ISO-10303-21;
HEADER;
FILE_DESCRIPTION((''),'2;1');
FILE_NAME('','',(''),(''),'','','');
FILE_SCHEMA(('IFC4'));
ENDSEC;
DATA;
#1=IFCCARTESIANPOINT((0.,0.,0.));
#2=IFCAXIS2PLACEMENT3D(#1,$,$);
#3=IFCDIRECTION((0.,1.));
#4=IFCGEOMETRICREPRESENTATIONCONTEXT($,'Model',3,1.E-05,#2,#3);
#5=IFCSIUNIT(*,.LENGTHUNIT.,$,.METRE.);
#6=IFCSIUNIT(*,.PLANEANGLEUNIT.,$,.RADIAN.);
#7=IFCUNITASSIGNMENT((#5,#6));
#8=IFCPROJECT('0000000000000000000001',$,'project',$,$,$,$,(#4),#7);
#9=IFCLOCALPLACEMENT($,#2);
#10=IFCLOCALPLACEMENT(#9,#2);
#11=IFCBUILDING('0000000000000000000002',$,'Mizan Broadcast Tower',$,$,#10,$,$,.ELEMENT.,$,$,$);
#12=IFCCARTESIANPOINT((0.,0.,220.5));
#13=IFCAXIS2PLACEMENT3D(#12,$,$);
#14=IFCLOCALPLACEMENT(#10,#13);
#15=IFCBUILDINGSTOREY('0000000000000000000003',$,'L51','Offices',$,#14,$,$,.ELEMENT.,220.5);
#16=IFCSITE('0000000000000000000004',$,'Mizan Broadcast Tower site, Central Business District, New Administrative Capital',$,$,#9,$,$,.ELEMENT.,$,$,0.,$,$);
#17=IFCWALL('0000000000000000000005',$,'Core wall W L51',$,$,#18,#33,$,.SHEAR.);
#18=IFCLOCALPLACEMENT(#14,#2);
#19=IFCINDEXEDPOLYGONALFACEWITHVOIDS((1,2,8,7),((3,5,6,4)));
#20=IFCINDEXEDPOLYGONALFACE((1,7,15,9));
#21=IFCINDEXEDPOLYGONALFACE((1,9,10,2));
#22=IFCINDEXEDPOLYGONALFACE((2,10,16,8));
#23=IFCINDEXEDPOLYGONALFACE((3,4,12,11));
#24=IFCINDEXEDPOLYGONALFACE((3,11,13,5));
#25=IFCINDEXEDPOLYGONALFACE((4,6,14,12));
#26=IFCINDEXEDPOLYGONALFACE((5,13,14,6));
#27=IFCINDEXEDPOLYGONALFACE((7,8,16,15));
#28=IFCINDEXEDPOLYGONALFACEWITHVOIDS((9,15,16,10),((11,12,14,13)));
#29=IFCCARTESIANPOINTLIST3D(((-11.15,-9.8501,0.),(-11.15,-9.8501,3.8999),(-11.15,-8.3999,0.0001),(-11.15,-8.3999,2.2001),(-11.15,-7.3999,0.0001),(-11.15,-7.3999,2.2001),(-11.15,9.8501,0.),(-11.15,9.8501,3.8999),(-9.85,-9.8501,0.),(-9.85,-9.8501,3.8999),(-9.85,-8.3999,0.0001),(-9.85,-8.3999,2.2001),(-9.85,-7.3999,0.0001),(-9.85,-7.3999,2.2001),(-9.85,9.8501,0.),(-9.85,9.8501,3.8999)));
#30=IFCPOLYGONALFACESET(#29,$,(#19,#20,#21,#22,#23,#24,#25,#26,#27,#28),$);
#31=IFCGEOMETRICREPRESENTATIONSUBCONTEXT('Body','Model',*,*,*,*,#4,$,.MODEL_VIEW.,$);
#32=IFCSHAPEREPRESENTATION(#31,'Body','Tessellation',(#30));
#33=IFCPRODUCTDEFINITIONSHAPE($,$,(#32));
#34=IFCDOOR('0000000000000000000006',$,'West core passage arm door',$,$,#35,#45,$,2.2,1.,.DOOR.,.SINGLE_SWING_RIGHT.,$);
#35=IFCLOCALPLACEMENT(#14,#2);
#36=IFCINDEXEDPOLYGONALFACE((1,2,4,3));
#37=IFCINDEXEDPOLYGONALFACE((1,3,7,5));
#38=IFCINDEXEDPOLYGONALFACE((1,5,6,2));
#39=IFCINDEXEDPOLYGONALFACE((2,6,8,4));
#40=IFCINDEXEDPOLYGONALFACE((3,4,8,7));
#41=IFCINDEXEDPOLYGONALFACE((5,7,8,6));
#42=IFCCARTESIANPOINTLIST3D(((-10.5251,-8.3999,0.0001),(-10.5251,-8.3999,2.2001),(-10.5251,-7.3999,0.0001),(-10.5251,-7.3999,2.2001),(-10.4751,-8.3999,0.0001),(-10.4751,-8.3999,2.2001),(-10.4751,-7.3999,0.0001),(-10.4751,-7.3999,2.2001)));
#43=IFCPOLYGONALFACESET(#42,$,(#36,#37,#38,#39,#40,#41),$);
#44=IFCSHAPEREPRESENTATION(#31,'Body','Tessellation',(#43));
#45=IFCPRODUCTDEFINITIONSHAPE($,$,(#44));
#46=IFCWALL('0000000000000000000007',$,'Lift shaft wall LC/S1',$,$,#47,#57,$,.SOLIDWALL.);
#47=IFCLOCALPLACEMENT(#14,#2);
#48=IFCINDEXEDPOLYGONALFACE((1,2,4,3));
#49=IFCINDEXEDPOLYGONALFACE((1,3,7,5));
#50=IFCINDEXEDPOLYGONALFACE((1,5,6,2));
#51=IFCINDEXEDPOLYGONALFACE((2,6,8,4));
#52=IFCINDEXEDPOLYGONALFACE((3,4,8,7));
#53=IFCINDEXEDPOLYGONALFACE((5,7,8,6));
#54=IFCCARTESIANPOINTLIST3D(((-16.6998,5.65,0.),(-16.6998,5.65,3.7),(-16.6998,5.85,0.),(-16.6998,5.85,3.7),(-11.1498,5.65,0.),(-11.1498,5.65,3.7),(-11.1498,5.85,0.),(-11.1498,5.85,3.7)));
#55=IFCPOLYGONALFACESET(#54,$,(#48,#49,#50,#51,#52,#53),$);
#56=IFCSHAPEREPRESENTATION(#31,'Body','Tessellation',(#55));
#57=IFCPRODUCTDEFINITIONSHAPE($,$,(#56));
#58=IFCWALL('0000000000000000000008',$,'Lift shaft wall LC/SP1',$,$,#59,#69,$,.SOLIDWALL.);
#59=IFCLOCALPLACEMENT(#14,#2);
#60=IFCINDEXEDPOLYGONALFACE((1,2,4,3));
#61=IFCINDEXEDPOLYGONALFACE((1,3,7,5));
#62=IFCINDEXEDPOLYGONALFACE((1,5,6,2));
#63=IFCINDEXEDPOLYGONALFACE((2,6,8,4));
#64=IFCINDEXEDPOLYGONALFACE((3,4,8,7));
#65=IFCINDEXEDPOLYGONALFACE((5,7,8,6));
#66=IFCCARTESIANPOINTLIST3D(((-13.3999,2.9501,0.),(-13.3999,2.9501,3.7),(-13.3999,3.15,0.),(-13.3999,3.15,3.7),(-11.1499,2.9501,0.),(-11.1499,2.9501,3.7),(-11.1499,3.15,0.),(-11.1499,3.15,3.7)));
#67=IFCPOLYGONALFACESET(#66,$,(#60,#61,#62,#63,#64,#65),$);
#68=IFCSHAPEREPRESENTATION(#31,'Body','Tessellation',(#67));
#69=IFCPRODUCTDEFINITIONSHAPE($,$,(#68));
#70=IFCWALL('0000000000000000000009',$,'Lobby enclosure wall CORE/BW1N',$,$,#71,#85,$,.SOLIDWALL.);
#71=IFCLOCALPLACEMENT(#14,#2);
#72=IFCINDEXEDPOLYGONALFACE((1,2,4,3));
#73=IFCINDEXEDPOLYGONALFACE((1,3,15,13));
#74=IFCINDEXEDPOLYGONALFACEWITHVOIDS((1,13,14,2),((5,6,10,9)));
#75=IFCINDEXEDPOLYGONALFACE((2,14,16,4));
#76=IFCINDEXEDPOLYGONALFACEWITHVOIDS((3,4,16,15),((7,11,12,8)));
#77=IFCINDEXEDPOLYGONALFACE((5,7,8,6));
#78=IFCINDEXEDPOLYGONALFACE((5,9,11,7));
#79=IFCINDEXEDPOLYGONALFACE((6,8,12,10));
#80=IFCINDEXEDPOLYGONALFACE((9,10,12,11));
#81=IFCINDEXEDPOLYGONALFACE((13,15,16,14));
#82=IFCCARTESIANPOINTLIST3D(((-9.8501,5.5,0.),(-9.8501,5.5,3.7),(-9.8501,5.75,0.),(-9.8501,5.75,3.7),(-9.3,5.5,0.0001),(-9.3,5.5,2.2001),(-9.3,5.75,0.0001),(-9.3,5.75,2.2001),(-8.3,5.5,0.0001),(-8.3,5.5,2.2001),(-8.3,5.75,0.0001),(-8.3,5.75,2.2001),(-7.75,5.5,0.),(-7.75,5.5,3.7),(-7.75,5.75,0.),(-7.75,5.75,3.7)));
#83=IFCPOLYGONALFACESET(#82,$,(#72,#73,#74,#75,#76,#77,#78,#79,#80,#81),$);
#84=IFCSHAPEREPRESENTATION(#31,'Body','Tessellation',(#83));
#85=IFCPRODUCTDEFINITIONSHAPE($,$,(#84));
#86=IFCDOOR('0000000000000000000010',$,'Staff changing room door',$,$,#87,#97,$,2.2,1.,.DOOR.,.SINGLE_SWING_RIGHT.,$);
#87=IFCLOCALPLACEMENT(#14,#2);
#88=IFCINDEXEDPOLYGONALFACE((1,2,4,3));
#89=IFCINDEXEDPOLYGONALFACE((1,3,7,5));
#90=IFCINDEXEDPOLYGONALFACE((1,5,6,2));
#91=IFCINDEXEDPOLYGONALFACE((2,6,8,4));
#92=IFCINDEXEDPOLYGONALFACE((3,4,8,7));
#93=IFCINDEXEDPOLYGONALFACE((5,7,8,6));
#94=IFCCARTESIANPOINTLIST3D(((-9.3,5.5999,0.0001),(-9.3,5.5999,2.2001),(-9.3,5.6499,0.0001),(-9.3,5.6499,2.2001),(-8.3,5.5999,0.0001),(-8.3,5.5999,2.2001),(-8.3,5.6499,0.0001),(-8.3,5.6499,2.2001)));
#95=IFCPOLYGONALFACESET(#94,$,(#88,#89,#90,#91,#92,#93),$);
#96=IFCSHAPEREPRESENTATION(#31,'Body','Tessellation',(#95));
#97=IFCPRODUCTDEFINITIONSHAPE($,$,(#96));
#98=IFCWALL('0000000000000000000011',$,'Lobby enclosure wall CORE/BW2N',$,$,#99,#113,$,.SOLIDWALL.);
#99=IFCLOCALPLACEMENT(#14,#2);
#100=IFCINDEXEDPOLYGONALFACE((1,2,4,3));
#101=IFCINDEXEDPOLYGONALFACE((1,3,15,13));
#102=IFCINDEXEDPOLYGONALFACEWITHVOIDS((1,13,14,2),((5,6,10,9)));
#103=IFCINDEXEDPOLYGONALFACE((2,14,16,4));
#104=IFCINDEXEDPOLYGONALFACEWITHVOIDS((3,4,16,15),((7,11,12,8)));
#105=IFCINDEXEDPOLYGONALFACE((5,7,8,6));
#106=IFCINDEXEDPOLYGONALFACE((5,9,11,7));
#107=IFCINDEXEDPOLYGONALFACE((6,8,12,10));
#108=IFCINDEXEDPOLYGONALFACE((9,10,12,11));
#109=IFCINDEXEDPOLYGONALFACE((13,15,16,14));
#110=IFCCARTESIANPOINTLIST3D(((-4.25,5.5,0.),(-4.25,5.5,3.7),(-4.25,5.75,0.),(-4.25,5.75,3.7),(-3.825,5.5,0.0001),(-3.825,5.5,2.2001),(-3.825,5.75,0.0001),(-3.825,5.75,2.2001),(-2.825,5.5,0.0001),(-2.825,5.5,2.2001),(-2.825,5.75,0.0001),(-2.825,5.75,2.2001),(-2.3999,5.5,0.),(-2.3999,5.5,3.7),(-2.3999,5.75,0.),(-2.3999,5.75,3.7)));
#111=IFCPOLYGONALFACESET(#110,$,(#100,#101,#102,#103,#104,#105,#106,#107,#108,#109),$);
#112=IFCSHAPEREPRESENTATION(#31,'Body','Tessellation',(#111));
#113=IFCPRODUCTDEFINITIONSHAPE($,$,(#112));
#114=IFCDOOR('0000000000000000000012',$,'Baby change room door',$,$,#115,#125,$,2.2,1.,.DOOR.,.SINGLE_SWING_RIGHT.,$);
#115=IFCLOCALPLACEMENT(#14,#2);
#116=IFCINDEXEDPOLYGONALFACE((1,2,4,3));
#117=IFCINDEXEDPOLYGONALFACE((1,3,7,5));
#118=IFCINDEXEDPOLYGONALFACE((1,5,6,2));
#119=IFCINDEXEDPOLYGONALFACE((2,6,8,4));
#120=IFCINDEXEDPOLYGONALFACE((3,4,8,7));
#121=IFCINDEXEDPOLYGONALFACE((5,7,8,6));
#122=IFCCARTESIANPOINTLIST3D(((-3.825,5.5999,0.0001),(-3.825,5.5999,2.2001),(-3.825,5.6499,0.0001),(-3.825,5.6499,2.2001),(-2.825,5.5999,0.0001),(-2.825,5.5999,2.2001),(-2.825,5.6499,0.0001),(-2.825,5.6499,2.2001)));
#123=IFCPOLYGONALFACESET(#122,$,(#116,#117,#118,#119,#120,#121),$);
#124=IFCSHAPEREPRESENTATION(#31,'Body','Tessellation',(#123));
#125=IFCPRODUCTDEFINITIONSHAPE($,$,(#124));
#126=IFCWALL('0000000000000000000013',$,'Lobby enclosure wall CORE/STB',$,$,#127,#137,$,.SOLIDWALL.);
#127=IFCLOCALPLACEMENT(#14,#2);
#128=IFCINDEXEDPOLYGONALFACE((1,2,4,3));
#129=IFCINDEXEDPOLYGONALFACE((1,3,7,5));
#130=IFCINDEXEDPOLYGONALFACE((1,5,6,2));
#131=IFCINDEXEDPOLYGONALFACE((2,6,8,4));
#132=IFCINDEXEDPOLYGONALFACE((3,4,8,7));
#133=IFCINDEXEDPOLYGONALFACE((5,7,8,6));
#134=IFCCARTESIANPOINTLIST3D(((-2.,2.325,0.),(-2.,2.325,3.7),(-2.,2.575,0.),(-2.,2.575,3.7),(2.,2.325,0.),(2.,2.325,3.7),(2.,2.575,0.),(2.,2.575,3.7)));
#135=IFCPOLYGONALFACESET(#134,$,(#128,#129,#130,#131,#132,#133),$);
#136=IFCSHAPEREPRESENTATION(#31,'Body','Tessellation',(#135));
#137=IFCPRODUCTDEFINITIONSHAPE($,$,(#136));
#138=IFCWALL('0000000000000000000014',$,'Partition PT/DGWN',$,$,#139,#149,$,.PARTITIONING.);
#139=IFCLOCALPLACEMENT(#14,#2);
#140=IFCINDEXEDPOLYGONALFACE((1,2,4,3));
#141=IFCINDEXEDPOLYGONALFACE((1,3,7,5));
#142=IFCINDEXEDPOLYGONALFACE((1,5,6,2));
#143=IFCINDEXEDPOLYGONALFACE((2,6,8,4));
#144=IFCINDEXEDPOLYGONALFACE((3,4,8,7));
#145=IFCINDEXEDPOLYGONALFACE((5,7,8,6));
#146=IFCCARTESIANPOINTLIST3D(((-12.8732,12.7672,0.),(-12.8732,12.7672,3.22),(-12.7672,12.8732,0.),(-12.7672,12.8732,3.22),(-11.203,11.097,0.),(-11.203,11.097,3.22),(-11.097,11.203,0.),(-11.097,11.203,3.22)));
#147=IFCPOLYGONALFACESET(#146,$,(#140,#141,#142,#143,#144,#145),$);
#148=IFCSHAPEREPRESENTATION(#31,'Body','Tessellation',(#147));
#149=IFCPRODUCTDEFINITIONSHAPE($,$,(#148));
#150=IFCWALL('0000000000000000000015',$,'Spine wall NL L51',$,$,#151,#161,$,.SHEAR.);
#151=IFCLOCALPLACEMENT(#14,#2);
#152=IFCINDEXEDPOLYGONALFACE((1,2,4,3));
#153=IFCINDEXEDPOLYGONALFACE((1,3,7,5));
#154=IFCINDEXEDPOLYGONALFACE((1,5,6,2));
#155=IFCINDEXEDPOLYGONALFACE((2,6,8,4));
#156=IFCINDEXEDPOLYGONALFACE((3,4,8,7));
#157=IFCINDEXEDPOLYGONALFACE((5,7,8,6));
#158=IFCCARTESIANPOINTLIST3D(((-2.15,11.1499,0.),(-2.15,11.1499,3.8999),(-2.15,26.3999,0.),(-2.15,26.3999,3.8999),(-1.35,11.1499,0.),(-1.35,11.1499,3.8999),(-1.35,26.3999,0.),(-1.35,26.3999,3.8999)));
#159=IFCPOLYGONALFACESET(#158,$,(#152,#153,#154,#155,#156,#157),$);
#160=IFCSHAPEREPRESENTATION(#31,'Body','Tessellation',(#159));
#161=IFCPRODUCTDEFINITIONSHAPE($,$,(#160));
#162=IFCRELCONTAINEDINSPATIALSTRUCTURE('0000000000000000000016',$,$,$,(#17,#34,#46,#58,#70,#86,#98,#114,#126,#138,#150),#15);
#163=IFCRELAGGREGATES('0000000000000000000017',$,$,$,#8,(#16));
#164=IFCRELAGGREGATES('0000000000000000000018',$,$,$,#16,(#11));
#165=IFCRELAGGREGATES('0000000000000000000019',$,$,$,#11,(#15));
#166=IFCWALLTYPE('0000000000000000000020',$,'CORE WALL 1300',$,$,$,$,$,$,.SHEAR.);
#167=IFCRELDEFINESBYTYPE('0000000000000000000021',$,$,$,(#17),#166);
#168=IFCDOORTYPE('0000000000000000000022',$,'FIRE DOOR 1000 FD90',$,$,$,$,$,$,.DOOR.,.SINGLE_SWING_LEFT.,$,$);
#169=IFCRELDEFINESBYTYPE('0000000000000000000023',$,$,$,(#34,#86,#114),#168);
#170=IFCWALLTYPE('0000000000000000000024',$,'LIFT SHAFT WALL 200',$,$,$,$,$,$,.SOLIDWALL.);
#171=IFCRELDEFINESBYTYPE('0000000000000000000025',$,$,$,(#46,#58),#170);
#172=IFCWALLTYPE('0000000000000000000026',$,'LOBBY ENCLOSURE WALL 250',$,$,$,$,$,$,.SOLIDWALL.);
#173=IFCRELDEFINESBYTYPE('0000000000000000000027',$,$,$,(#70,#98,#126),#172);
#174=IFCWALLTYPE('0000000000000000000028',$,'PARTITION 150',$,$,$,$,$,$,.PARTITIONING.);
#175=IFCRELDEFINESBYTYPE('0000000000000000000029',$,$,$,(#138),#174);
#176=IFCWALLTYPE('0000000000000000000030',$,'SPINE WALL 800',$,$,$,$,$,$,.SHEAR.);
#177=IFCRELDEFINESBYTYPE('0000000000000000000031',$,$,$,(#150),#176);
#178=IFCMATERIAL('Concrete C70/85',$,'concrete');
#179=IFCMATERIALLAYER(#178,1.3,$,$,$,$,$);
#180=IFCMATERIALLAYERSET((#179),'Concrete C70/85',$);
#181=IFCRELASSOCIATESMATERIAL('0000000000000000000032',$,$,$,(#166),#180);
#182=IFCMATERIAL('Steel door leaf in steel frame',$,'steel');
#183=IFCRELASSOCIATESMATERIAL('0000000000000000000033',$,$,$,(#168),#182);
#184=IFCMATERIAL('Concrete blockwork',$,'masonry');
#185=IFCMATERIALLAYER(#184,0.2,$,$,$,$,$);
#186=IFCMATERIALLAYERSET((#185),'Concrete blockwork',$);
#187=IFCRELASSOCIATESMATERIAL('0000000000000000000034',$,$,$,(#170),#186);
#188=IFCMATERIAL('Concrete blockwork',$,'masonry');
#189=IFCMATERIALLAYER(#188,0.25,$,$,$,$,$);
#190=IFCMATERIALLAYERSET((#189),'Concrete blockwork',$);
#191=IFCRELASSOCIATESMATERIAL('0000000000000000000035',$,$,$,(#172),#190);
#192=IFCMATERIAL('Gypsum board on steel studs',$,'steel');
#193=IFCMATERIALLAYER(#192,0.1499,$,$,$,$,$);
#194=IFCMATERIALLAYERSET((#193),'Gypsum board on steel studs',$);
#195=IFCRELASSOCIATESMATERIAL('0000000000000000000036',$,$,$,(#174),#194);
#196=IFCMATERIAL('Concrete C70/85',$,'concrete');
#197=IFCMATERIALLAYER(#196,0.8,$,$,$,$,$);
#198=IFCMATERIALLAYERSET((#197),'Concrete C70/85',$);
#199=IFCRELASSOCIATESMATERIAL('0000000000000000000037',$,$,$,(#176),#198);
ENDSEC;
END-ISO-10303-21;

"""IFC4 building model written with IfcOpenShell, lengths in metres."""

from ifc_helpers import new_model, si_unit, direction, frame, frame_2d, origin, place, context, subcontext, project, spatial, rectangle, extrude, material, layer, layer_set, type_object, element, fill, save


model = new_model("IFC4")

# Units and contexts
model_context = context("Model", 3, precision=1e-05, world=origin(), true_north=direction((0.0, 1.0)))
body_context = subcontext(model_context, "Body", "Model", "MODEL_VIEW")
ifc_project = project(units=[si_unit("LENGTHUNIT", "METRE"), si_unit("PLANEANGLEUNIT", "RADIAN")], contexts=[model_context])

# Site, building, storey
site_placement = place(None, origin())
site = spatial("IfcSite", under=ifc_project, at=site_placement, Name="Mizan Broadcast Tower site, Central Business District, New Administrative Capital", CompositionType="ELEMENT", RefElevation=0.0)
building_placement = place(site_placement, origin())
building = spatial("IfcBuilding", under=site, at=building_placement, Name="Mizan Broadcast Tower", CompositionType="ELEMENT")
storey_placement = place(building_placement, frame((0.0, 0.0, 220.5)))
storey = spatial("IfcBuildingStorey", under=building, at=storey_placement, Name="L51", Description="Offices", CompositionType="ELEMENT", Elevation=220.5)

# Shared definitions
ifc_material_1 = material(Name="Concrete C70/85", Category="concrete")
ifc_layer_1 = layer(ifc_material_1, 1.3)
ifc_layer_set_1 = layer_set([ifc_layer_1], Name="Concrete C70/85")
wall_type_1 = type_object("IfcWallType", Name="CORE WALL 1300", PredefinedType="SHEAR", material=ifc_layer_set_1)

# Wall, opening, door
wall_1_placement = place(storey_placement, frame((-10.5, 9.8501, 0.0), z_axis=(0.0, 0.0, 1.0), x_axis=(0.0, -1.0, 0.0)))
wall_1 = element("IfcWall", 1, at=wall_1_placement, inside=storey, type_object=wall_type_1, Name="Core wall W L51", PredefinedType="SHEAR", context=body_context, shape_type="SweptSolid", body=[
    extrude(rectangle(XDim=19.7002, YDim=1.3, at=frame_2d((9.8501, 0.0))), origin(), (0.0, 0.0, 1.0), 3.8999),
])
opening_1_placement = place(wall_1_placement, frame((17.25, 0.0, 0.0)))
opening_1 = element("IfcOpeningElement", 2, at=opening_1_placement, cuts=wall_1, PredefinedType="OPENING", context=body_context, shape_type="SweptSolid", body=[
    extrude(rectangle(XDim=1.0, YDim=2.2, at=frame_2d((0.5, 1.1001))), frame((0.0, 0.6599, 0.0), z_axis=(0.0, -1.0, 0.0), x_axis=(1.0, 0.0, 0.0)), (0.0, 0.0, 1.0), 1.3201),
])
ifc_material_2 = material(Name="Steel door leaf in steel frame", Category="steel")
door_type_1 = type_object("IfcDoorType", Name="FIRE DOOR 1000 FD90", OperationType="SINGLE_SWING_LEFT", PredefinedType="DOOR", material=ifc_material_2)
door_1_placement = place(opening_1_placement, origin())
door_1 = element("IfcDoor", 3, at=door_1_placement, inside=storey, type_object=door_type_1, Name="West core passage arm door", OperationType="SINGLE_SWING_RIGHT", OverallHeight=2.2, OverallWidth=1.0, PredefinedType="DOOR", context=body_context, shape_type="SweptSolid", body=[
    extrude(rectangle(XDim=1.0, YDim=2.2, at=frame_2d((0.5, 1.1001))), frame((0.0, 0.0249, 0.0), z_axis=(0.0, -1.0, 0.0), x_axis=(1.0, 0.0, 0.0)), (0.0, 0.0, 1.0), 0.05),
])
fill(opening_1, door_1)

# Walls
ifc_material_3 = material(Name="Concrete blockwork", Category="masonry")
ifc_layer_2 = layer(ifc_material_3, 0.2)
ifc_layer_set_2 = layer_set([ifc_layer_2], Name="Concrete blockwork")
wall_type_2 = type_object("IfcWallType", Name="LIFT SHAFT WALL 200", PredefinedType="SOLIDWALL", material=ifc_layer_set_2)
wall_2_placement = place(storey_placement, frame((-11.1499, 5.75, 0.0), z_axis=(0.0, 0.0, 1.0), x_axis=(-1.0, 0.0, 0.0)))
element("IfcWall", 4, at=wall_2_placement, inside=storey, type_object=wall_type_2, Name="Lift shaft wall LC/S1", PredefinedType="SOLIDWALL", context=body_context, shape_type="SweptSolid", body=[
    extrude(rectangle(XDim=5.55, YDim=0.2, at=frame_2d((2.7749, 0.0))), origin(), (0.0, 0.0, 1.0), 3.7),
])
wall_3_placement = place(storey_placement, frame((-11.1499, 3.05, 0.0), z_axis=(0.0, 0.0, 1.0), x_axis=(-1.0, 0.0, 0.0)))
element("IfcWall", 5, at=wall_3_placement, inside=storey, type_object=wall_type_2, Name="Lift shaft wall LC/SP1", PredefinedType="SOLIDWALL", context=body_context, shape_type="SweptSolid", body=[
    extrude(rectangle(XDim=2.25, YDim=0.2, at=frame_2d((1.125, 0.0))), origin(), (0.0, 0.0, 1.0), 3.7),
])

# Walls, openings, doors
ifc_material_4 = material(Name="Concrete blockwork", Category="masonry")
ifc_layer_3 = layer(ifc_material_4, 0.25)
ifc_layer_set_3 = layer_set([ifc_layer_3], Name="Concrete blockwork")
wall_type_3 = type_object("IfcWallType", Name="LOBBY ENCLOSURE WALL 250", PredefinedType="SOLIDWALL", material=ifc_layer_set_3)
wall_4_placement = place(storey_placement, frame((-9.8501, 5.625, 0.0), z_axis=(0.0, 0.0, 1.0), x_axis=(1.0, 0.0, 0.0)))
wall_4 = element("IfcWall", 6, at=wall_4_placement, inside=storey, type_object=wall_type_3, Name="Lobby enclosure wall CORE/BW1N", PredefinedType="SOLIDWALL", context=body_context, shape_type="SweptSolid", body=[
    extrude(rectangle(XDim=2.1001, YDim=0.25, at=frame_2d((1.05, 0.0))), origin(), (0.0, 0.0, 1.0), 3.7),
])
opening_2_placement = place(wall_4_placement, frame((0.55, 0.0, 0.0)))
opening_2 = element("IfcOpeningElement", 7, at=opening_2_placement, cuts=wall_4, PredefinedType="OPENING", context=body_context, shape_type="SweptSolid", body=[
    extrude(rectangle(XDim=1.0, YDim=2.2, at=frame_2d((0.5, 1.1001))), frame((0.0, 0.135, 0.0), z_axis=(0.0, -1.0, 0.0), x_axis=(1.0, 0.0, 0.0)), (0.0, 0.0, 1.0), 0.27),
])
door_2_placement = place(opening_2_placement, origin())
door_2 = element("IfcDoor", 8, at=door_2_placement, inside=storey, type_object=door_type_1, Name="Staff changing room door", OperationType="SINGLE_SWING_RIGHT", OverallHeight=2.2, OverallWidth=1.0, PredefinedType="DOOR", context=body_context, shape_type="SweptSolid", body=[
    extrude(rectangle(XDim=1.0, YDim=2.2, at=frame_2d((0.5, 1.1001))), frame((0.0, 0.0249, 0.0), z_axis=(0.0, -1.0, 0.0), x_axis=(1.0, 0.0, 0.0)), (0.0, 0.0, 1.0), 0.05),
])
fill(opening_2, door_2)
wall_5_placement = place(storey_placement, frame((-4.25, 5.625, 0.0), z_axis=(0.0, 0.0, 1.0), x_axis=(1.0, 0.0, 0.0)))
wall_5 = element("IfcWall", 9, at=wall_5_placement, inside=storey, type_object=wall_type_3, Name="Lobby enclosure wall CORE/BW2N", PredefinedType="SOLIDWALL", context=body_context, shape_type="SweptSolid", body=[
    extrude(rectangle(XDim=1.8501, YDim=0.25, at=frame_2d((0.925, 0.0))), origin(), (0.0, 0.0, 1.0), 3.7),
])
opening_3_placement = place(wall_5_placement, frame((0.425, 0.0, 0.0)))
opening_3 = element("IfcOpeningElement", 10, at=opening_3_placement, cuts=wall_5, PredefinedType="OPENING", context=body_context, shape_type="SweptSolid", body=[
    extrude(rectangle(XDim=1.0, YDim=2.2, at=frame_2d((0.5, 1.1001))), frame((0.0, 0.135, 0.0), z_axis=(0.0, -1.0, 0.0), x_axis=(1.0, 0.0, 0.0)), (0.0, 0.0, 1.0), 0.27),
])
door_3_placement = place(opening_3_placement, origin())
door_3 = element("IfcDoor", 11, at=door_3_placement, inside=storey, type_object=door_type_1, Name="Baby change room door", OperationType="SINGLE_SWING_RIGHT", OverallHeight=2.2, OverallWidth=1.0, PredefinedType="DOOR", context=body_context, shape_type="SweptSolid", body=[
    extrude(rectangle(XDim=1.0, YDim=2.2, at=frame_2d((0.5, 1.1001))), frame((0.0, 0.0249, 0.0), z_axis=(0.0, -1.0, 0.0), x_axis=(1.0, 0.0, 0.0)), (0.0, 0.0, 1.0), 0.05),
])
fill(opening_3, door_3)

# Walls
wall_6_placement = place(storey_placement, frame((-2.0, 2.45, 0.0), z_axis=(0.0, 0.0, 1.0), x_axis=(1.0, 0.0, 0.0)))
element("IfcWall", 12, at=wall_6_placement, inside=storey, type_object=wall_type_3, Name="Lobby enclosure wall CORE/STB", PredefinedType="SOLIDWALL", context=body_context, shape_type="SweptSolid", body=[
    extrude(rectangle(XDim=4.0, YDim=0.25, at=frame_2d((2.0, 0.0))), origin(), (0.0, 0.0, 1.0), 3.7),
])
ifc_material_5 = material(Name="Gypsum board on steel studs", Category="steel")
ifc_layer_4 = layer(ifc_material_5, 0.1499)
ifc_layer_set_4 = layer_set([ifc_layer_4], Name="Gypsum board on steel studs")
wall_type_4 = type_object("IfcWallType", Name="PARTITION 150", PredefinedType="PARTITIONING", material=ifc_layer_set_4)
wall_7_placement = place(storey_placement, frame((-11.1499, 11.1499, 0.0), z_axis=(0.0, 0.0, 1.0), x_axis=(-0.707107, 0.707107, 0.0)))
element("IfcWall", 13, at=wall_7_placement, inside=storey, type_object=wall_type_4, Name="Partition PT/DGWN", PredefinedType="PARTITIONING", context=body_context, shape_type="SweptSolid", body=[
    extrude(rectangle(XDim=2.3621, YDim=0.1499, at=frame_2d((1.1812, 0.0))), origin(), (0.0, 0.0, 1.0), 3.22),
])
ifc_material_6 = material(Name="Concrete C70/85", Category="concrete")
ifc_layer_5 = layer(ifc_material_6, 0.8)
ifc_layer_set_5 = layer_set([ifc_layer_5], Name="Concrete C70/85")
wall_type_5 = type_object("IfcWallType", Name="SPINE WALL 800", PredefinedType="SHEAR", material=ifc_layer_set_5)
wall_8_placement = place(storey_placement, frame((-1.75, 11.1499, 0.0), z_axis=(0.0, 0.0, 1.0), x_axis=(0.0, 1.0, 0.0)))
element("IfcWall", 14, at=wall_8_placement, inside=storey, type_object=wall_type_5, Name="Spine wall NL L51", PredefinedType="SHEAR", context=body_context, shape_type="SweptSolid", body=[
    extrude(rectangle(XDim=15.25, YDim=0.8, at=frame_2d((7.625, 0.0))), origin(), (0.0, 0.0, 1.0), 3.8999),
])

save(model, "model.ifc")
